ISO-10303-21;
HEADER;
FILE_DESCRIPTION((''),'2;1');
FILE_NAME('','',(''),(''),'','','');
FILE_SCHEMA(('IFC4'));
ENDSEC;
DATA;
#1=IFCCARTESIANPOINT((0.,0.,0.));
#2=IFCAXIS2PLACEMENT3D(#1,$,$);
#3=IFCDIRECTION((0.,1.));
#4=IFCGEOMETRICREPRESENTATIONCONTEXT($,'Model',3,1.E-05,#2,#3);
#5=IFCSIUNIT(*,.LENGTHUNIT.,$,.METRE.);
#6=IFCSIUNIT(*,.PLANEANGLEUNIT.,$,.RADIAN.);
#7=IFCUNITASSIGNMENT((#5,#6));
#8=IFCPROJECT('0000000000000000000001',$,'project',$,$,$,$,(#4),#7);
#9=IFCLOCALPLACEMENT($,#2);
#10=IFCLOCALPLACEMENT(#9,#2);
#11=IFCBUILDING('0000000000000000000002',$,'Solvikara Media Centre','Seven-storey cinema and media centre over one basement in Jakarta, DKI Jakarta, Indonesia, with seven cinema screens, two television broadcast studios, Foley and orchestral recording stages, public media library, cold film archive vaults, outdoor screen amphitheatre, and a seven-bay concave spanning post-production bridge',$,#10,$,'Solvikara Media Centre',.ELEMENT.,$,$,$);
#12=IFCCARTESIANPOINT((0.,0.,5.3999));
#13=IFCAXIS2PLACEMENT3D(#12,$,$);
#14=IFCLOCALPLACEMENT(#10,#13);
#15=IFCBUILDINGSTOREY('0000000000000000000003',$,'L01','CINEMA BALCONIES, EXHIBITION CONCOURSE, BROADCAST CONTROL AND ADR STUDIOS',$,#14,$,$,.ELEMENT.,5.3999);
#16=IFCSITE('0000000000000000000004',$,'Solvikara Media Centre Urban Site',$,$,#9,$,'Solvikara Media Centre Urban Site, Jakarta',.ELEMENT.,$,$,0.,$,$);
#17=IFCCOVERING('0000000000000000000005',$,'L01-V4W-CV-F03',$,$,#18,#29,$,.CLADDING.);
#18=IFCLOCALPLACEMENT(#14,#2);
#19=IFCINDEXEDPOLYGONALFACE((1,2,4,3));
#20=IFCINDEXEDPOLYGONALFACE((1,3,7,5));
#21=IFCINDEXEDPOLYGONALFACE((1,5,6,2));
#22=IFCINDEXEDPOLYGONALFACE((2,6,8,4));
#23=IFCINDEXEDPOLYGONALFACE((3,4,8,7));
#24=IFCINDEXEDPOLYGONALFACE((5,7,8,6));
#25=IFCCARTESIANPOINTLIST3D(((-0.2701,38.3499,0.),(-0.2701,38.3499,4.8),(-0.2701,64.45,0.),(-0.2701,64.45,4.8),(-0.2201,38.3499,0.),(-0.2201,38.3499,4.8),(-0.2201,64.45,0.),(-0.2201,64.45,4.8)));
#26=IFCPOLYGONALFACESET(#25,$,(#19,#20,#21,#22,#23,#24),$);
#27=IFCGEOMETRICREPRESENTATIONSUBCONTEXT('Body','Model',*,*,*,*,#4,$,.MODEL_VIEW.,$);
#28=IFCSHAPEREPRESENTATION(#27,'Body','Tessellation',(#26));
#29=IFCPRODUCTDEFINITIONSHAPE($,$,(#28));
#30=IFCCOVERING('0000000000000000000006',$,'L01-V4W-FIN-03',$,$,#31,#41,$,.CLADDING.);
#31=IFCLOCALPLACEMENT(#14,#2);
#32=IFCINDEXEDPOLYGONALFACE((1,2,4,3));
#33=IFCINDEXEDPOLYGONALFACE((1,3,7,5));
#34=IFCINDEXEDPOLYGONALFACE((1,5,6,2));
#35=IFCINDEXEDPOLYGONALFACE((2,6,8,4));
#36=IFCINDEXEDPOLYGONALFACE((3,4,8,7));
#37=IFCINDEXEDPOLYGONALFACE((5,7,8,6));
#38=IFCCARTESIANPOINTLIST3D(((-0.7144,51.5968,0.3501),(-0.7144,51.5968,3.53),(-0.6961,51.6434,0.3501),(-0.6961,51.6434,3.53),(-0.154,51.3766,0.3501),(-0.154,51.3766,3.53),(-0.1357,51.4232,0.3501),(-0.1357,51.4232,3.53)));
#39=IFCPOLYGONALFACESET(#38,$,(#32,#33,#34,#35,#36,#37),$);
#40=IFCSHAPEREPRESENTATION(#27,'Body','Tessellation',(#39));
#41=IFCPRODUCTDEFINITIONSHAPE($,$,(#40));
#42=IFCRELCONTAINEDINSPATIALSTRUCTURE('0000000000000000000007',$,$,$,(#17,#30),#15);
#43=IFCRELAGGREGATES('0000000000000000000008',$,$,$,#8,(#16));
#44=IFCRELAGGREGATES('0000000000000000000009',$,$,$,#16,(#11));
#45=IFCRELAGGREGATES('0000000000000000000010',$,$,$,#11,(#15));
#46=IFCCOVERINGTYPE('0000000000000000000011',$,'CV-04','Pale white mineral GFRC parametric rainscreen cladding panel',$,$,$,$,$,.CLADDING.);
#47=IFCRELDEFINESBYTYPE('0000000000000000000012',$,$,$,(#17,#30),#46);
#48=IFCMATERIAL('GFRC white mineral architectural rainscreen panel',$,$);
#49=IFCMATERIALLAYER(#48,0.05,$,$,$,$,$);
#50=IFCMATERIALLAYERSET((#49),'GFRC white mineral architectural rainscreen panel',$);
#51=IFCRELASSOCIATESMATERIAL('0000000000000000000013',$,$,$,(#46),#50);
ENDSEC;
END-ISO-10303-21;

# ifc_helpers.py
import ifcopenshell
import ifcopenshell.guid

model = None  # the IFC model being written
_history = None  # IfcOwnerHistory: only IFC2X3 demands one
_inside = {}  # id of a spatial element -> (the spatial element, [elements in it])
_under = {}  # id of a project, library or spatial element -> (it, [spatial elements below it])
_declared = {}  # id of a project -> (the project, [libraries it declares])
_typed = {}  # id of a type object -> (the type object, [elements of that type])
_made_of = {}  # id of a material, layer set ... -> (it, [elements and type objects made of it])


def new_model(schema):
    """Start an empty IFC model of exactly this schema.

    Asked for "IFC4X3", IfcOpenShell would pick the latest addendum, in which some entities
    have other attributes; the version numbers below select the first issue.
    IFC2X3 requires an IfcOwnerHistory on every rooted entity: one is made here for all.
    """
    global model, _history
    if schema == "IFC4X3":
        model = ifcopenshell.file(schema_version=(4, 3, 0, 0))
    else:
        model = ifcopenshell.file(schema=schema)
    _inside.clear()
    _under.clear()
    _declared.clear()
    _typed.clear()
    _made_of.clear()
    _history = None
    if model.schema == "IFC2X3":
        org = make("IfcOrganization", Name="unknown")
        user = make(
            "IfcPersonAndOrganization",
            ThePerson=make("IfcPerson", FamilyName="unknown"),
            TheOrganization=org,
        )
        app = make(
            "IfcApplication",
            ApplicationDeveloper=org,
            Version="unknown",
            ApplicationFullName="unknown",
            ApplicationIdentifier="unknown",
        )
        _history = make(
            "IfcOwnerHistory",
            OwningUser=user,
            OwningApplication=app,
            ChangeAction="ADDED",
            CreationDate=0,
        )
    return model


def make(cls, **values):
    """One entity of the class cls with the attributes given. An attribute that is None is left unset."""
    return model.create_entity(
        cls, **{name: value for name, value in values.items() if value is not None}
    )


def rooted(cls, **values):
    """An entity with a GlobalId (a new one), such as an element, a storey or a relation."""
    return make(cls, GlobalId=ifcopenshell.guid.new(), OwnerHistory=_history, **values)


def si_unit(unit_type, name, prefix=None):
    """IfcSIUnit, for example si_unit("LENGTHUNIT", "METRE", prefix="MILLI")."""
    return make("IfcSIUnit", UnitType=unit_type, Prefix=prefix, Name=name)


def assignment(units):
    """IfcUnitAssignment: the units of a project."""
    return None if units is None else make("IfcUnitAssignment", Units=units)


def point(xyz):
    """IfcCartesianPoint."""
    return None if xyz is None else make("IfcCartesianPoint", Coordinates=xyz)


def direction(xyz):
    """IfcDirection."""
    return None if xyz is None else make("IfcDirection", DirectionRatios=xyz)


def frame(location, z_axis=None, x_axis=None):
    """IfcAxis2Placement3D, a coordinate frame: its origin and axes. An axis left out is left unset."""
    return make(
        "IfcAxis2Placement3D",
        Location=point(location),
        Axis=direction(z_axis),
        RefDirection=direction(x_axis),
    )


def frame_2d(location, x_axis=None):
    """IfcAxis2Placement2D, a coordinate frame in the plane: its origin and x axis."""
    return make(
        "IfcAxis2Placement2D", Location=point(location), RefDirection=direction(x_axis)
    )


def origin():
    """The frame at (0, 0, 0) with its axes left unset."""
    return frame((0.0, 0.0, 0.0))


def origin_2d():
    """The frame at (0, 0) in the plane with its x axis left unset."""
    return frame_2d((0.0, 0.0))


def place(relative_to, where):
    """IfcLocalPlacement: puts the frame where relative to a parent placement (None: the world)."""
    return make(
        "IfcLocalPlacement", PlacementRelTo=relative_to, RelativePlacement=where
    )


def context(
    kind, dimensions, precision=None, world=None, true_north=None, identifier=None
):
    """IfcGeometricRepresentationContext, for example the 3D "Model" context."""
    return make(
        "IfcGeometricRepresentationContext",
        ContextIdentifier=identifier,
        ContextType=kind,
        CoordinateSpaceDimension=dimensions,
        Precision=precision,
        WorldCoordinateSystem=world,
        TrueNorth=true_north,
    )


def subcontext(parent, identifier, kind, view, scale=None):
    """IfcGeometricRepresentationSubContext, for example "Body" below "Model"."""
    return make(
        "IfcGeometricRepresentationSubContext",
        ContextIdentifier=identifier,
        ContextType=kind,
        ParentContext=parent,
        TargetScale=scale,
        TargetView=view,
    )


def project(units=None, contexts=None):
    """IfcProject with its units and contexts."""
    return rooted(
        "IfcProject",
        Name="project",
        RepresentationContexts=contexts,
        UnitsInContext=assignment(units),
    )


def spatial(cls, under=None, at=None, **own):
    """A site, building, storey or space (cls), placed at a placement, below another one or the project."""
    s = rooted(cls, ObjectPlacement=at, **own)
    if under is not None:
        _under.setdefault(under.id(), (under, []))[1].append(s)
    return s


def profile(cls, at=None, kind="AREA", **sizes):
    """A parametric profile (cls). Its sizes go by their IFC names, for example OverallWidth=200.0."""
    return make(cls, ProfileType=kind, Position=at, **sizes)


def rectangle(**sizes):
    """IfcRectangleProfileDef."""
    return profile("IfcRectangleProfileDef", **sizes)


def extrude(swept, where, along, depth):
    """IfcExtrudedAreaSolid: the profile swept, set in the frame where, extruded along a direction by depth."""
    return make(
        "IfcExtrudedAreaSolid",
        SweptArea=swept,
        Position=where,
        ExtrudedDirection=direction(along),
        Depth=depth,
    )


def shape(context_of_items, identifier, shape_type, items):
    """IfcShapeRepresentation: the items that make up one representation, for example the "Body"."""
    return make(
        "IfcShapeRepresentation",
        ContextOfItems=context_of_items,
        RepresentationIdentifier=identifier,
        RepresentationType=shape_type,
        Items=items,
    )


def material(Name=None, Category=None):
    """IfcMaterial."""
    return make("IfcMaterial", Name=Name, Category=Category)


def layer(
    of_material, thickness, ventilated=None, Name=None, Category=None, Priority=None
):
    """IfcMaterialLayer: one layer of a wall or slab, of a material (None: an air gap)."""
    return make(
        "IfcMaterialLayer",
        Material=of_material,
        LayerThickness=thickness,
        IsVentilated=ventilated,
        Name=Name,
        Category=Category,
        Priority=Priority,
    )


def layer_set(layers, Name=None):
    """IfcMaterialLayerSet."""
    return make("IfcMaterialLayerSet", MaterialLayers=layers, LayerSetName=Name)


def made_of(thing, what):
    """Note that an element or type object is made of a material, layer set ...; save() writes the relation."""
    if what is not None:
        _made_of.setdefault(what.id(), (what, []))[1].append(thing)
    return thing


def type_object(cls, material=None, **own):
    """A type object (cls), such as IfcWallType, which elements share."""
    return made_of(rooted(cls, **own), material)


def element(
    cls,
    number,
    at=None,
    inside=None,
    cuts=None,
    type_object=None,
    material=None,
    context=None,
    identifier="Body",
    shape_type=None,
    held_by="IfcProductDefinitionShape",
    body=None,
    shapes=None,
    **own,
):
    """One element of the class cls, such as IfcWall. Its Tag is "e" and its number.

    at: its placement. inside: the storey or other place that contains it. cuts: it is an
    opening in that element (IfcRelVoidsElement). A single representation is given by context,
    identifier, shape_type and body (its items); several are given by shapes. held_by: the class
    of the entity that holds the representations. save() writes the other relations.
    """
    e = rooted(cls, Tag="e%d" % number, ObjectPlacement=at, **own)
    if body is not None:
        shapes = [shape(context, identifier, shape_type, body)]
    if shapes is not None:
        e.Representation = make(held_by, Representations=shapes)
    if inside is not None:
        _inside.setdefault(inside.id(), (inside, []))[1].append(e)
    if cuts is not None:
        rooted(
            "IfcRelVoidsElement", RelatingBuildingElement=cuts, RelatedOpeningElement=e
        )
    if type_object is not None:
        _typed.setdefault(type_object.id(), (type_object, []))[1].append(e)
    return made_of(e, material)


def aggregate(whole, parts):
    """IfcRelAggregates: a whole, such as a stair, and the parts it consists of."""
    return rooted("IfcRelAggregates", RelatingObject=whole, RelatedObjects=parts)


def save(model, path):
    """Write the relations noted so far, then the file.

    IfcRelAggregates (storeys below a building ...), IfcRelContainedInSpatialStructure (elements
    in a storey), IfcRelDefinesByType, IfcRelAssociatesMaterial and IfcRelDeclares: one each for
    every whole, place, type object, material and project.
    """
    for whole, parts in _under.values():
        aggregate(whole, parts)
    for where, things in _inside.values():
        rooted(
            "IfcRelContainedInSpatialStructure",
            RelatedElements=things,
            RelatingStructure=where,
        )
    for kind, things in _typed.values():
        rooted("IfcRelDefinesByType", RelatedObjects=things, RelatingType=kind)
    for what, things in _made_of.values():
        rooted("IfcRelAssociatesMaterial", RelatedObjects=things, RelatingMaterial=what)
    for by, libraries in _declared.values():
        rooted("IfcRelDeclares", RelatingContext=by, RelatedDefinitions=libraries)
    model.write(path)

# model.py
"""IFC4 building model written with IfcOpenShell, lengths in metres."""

from ifc_helpers import new_model, si_unit, direction, frame, origin, origin_2d, place, context, subcontext, project, spatial, rectangle, extrude, material, layer, layer_set, type_object, element, save


model = new_model("IFC4")

# Units and contexts
model_context = context("Model", 3, precision=1e-05, world=origin(), true_north=direction((0.0, 1.0)))
body_context = subcontext(model_context, "Body", "Model", "MODEL_VIEW")
ifc_project = project(units=[si_unit("LENGTHUNIT", "METRE"), si_unit("PLANEANGLEUNIT", "RADIAN")], contexts=[model_context])

# Site, building, storey
site_placement = place(None, origin())
site = spatial("IfcSite", under=ifc_project, at=site_placement, Name="Solvikara Media Centre Urban Site", LongName="Solvikara Media Centre Urban Site, Jakarta", CompositionType="ELEMENT", RefElevation=0.0)
building_placement = place(site_placement, origin())
building = spatial("IfcBuilding", under=site, at=building_placement, Name="Solvikara Media Centre", Description="Seven-storey cinema and media centre over one basement in Jakarta, DKI Jakarta, Indonesia, with seven cinema screens, two television broadcast studios, Foley and orchestral recording stages, public media library, cold film archive vaults, outdoor screen amphitheatre, and a seven-bay concave spanning post-production bridge", LongName="Solvikara Media Centre", CompositionType="ELEMENT")
storey_placement = place(building_placement, frame((0.0, 0.0, 5.3999)))
storey = spatial("IfcBuildingStorey", under=building, at=storey_placement, Name="L01", Description="CINEMA BALCONIES, EXHIBITION CONCOURSE, BROADCAST CONTROL AND ADR STUDIOS", CompositionType="ELEMENT", Elevation=5.3999)

# Coverings
ifc_material_1 = material(Name="GFRC white mineral architectural rainscreen panel")
ifc_layer_1 = layer(ifc_material_1, 0.05)
ifc_layer_set_1 = layer_set([ifc_layer_1], Name="GFRC white mineral architectural rainscreen panel")
covering_type = type_object("IfcCoveringType", Name="CV-04", Description="Pale white mineral GFRC parametric rainscreen cladding panel", PredefinedType="CLADDING", material=ifc_layer_set_1)
covering_1_placement = place(storey_placement, frame((-0.2451, 51.3999, 0.0), z_axis=(0.0, 0.0, 1.0), x_axis=(0.0, 1.0, 0.0)))
element("IfcCovering", 1, at=covering_1_placement, inside=storey, type_object=covering_type, Name="L01-V4W-CV-F03", PredefinedType="CLADDING", context=body_context, shape_type="SweptSolid", body=[
    extrude(rectangle(XDim=26.1001, YDim=0.05, at=origin_2d()), origin(), (0.0, 0.0, 1.0), 4.8),
])
covering_2_placement = place(storey_placement, frame((-0.425, 51.51, 0.3501), z_axis=(0.0, 0.0, 1.0), x_axis=(-0.93075, 0.365657, 0.0)))
element("IfcCovering", 2, at=covering_2_placement, inside=storey, type_object=covering_type, Name="L01-V4W-FIN-03", PredefinedType="CLADDING", context=body_context, shape_type="SweptSolid", body=[
    extrude(rectangle(XDim=0.6021, YDim=0.05, at=origin_2d()), origin(), (0.0, 0.0, 1.0), 3.1799),
])

save(model, "model.ifc")
